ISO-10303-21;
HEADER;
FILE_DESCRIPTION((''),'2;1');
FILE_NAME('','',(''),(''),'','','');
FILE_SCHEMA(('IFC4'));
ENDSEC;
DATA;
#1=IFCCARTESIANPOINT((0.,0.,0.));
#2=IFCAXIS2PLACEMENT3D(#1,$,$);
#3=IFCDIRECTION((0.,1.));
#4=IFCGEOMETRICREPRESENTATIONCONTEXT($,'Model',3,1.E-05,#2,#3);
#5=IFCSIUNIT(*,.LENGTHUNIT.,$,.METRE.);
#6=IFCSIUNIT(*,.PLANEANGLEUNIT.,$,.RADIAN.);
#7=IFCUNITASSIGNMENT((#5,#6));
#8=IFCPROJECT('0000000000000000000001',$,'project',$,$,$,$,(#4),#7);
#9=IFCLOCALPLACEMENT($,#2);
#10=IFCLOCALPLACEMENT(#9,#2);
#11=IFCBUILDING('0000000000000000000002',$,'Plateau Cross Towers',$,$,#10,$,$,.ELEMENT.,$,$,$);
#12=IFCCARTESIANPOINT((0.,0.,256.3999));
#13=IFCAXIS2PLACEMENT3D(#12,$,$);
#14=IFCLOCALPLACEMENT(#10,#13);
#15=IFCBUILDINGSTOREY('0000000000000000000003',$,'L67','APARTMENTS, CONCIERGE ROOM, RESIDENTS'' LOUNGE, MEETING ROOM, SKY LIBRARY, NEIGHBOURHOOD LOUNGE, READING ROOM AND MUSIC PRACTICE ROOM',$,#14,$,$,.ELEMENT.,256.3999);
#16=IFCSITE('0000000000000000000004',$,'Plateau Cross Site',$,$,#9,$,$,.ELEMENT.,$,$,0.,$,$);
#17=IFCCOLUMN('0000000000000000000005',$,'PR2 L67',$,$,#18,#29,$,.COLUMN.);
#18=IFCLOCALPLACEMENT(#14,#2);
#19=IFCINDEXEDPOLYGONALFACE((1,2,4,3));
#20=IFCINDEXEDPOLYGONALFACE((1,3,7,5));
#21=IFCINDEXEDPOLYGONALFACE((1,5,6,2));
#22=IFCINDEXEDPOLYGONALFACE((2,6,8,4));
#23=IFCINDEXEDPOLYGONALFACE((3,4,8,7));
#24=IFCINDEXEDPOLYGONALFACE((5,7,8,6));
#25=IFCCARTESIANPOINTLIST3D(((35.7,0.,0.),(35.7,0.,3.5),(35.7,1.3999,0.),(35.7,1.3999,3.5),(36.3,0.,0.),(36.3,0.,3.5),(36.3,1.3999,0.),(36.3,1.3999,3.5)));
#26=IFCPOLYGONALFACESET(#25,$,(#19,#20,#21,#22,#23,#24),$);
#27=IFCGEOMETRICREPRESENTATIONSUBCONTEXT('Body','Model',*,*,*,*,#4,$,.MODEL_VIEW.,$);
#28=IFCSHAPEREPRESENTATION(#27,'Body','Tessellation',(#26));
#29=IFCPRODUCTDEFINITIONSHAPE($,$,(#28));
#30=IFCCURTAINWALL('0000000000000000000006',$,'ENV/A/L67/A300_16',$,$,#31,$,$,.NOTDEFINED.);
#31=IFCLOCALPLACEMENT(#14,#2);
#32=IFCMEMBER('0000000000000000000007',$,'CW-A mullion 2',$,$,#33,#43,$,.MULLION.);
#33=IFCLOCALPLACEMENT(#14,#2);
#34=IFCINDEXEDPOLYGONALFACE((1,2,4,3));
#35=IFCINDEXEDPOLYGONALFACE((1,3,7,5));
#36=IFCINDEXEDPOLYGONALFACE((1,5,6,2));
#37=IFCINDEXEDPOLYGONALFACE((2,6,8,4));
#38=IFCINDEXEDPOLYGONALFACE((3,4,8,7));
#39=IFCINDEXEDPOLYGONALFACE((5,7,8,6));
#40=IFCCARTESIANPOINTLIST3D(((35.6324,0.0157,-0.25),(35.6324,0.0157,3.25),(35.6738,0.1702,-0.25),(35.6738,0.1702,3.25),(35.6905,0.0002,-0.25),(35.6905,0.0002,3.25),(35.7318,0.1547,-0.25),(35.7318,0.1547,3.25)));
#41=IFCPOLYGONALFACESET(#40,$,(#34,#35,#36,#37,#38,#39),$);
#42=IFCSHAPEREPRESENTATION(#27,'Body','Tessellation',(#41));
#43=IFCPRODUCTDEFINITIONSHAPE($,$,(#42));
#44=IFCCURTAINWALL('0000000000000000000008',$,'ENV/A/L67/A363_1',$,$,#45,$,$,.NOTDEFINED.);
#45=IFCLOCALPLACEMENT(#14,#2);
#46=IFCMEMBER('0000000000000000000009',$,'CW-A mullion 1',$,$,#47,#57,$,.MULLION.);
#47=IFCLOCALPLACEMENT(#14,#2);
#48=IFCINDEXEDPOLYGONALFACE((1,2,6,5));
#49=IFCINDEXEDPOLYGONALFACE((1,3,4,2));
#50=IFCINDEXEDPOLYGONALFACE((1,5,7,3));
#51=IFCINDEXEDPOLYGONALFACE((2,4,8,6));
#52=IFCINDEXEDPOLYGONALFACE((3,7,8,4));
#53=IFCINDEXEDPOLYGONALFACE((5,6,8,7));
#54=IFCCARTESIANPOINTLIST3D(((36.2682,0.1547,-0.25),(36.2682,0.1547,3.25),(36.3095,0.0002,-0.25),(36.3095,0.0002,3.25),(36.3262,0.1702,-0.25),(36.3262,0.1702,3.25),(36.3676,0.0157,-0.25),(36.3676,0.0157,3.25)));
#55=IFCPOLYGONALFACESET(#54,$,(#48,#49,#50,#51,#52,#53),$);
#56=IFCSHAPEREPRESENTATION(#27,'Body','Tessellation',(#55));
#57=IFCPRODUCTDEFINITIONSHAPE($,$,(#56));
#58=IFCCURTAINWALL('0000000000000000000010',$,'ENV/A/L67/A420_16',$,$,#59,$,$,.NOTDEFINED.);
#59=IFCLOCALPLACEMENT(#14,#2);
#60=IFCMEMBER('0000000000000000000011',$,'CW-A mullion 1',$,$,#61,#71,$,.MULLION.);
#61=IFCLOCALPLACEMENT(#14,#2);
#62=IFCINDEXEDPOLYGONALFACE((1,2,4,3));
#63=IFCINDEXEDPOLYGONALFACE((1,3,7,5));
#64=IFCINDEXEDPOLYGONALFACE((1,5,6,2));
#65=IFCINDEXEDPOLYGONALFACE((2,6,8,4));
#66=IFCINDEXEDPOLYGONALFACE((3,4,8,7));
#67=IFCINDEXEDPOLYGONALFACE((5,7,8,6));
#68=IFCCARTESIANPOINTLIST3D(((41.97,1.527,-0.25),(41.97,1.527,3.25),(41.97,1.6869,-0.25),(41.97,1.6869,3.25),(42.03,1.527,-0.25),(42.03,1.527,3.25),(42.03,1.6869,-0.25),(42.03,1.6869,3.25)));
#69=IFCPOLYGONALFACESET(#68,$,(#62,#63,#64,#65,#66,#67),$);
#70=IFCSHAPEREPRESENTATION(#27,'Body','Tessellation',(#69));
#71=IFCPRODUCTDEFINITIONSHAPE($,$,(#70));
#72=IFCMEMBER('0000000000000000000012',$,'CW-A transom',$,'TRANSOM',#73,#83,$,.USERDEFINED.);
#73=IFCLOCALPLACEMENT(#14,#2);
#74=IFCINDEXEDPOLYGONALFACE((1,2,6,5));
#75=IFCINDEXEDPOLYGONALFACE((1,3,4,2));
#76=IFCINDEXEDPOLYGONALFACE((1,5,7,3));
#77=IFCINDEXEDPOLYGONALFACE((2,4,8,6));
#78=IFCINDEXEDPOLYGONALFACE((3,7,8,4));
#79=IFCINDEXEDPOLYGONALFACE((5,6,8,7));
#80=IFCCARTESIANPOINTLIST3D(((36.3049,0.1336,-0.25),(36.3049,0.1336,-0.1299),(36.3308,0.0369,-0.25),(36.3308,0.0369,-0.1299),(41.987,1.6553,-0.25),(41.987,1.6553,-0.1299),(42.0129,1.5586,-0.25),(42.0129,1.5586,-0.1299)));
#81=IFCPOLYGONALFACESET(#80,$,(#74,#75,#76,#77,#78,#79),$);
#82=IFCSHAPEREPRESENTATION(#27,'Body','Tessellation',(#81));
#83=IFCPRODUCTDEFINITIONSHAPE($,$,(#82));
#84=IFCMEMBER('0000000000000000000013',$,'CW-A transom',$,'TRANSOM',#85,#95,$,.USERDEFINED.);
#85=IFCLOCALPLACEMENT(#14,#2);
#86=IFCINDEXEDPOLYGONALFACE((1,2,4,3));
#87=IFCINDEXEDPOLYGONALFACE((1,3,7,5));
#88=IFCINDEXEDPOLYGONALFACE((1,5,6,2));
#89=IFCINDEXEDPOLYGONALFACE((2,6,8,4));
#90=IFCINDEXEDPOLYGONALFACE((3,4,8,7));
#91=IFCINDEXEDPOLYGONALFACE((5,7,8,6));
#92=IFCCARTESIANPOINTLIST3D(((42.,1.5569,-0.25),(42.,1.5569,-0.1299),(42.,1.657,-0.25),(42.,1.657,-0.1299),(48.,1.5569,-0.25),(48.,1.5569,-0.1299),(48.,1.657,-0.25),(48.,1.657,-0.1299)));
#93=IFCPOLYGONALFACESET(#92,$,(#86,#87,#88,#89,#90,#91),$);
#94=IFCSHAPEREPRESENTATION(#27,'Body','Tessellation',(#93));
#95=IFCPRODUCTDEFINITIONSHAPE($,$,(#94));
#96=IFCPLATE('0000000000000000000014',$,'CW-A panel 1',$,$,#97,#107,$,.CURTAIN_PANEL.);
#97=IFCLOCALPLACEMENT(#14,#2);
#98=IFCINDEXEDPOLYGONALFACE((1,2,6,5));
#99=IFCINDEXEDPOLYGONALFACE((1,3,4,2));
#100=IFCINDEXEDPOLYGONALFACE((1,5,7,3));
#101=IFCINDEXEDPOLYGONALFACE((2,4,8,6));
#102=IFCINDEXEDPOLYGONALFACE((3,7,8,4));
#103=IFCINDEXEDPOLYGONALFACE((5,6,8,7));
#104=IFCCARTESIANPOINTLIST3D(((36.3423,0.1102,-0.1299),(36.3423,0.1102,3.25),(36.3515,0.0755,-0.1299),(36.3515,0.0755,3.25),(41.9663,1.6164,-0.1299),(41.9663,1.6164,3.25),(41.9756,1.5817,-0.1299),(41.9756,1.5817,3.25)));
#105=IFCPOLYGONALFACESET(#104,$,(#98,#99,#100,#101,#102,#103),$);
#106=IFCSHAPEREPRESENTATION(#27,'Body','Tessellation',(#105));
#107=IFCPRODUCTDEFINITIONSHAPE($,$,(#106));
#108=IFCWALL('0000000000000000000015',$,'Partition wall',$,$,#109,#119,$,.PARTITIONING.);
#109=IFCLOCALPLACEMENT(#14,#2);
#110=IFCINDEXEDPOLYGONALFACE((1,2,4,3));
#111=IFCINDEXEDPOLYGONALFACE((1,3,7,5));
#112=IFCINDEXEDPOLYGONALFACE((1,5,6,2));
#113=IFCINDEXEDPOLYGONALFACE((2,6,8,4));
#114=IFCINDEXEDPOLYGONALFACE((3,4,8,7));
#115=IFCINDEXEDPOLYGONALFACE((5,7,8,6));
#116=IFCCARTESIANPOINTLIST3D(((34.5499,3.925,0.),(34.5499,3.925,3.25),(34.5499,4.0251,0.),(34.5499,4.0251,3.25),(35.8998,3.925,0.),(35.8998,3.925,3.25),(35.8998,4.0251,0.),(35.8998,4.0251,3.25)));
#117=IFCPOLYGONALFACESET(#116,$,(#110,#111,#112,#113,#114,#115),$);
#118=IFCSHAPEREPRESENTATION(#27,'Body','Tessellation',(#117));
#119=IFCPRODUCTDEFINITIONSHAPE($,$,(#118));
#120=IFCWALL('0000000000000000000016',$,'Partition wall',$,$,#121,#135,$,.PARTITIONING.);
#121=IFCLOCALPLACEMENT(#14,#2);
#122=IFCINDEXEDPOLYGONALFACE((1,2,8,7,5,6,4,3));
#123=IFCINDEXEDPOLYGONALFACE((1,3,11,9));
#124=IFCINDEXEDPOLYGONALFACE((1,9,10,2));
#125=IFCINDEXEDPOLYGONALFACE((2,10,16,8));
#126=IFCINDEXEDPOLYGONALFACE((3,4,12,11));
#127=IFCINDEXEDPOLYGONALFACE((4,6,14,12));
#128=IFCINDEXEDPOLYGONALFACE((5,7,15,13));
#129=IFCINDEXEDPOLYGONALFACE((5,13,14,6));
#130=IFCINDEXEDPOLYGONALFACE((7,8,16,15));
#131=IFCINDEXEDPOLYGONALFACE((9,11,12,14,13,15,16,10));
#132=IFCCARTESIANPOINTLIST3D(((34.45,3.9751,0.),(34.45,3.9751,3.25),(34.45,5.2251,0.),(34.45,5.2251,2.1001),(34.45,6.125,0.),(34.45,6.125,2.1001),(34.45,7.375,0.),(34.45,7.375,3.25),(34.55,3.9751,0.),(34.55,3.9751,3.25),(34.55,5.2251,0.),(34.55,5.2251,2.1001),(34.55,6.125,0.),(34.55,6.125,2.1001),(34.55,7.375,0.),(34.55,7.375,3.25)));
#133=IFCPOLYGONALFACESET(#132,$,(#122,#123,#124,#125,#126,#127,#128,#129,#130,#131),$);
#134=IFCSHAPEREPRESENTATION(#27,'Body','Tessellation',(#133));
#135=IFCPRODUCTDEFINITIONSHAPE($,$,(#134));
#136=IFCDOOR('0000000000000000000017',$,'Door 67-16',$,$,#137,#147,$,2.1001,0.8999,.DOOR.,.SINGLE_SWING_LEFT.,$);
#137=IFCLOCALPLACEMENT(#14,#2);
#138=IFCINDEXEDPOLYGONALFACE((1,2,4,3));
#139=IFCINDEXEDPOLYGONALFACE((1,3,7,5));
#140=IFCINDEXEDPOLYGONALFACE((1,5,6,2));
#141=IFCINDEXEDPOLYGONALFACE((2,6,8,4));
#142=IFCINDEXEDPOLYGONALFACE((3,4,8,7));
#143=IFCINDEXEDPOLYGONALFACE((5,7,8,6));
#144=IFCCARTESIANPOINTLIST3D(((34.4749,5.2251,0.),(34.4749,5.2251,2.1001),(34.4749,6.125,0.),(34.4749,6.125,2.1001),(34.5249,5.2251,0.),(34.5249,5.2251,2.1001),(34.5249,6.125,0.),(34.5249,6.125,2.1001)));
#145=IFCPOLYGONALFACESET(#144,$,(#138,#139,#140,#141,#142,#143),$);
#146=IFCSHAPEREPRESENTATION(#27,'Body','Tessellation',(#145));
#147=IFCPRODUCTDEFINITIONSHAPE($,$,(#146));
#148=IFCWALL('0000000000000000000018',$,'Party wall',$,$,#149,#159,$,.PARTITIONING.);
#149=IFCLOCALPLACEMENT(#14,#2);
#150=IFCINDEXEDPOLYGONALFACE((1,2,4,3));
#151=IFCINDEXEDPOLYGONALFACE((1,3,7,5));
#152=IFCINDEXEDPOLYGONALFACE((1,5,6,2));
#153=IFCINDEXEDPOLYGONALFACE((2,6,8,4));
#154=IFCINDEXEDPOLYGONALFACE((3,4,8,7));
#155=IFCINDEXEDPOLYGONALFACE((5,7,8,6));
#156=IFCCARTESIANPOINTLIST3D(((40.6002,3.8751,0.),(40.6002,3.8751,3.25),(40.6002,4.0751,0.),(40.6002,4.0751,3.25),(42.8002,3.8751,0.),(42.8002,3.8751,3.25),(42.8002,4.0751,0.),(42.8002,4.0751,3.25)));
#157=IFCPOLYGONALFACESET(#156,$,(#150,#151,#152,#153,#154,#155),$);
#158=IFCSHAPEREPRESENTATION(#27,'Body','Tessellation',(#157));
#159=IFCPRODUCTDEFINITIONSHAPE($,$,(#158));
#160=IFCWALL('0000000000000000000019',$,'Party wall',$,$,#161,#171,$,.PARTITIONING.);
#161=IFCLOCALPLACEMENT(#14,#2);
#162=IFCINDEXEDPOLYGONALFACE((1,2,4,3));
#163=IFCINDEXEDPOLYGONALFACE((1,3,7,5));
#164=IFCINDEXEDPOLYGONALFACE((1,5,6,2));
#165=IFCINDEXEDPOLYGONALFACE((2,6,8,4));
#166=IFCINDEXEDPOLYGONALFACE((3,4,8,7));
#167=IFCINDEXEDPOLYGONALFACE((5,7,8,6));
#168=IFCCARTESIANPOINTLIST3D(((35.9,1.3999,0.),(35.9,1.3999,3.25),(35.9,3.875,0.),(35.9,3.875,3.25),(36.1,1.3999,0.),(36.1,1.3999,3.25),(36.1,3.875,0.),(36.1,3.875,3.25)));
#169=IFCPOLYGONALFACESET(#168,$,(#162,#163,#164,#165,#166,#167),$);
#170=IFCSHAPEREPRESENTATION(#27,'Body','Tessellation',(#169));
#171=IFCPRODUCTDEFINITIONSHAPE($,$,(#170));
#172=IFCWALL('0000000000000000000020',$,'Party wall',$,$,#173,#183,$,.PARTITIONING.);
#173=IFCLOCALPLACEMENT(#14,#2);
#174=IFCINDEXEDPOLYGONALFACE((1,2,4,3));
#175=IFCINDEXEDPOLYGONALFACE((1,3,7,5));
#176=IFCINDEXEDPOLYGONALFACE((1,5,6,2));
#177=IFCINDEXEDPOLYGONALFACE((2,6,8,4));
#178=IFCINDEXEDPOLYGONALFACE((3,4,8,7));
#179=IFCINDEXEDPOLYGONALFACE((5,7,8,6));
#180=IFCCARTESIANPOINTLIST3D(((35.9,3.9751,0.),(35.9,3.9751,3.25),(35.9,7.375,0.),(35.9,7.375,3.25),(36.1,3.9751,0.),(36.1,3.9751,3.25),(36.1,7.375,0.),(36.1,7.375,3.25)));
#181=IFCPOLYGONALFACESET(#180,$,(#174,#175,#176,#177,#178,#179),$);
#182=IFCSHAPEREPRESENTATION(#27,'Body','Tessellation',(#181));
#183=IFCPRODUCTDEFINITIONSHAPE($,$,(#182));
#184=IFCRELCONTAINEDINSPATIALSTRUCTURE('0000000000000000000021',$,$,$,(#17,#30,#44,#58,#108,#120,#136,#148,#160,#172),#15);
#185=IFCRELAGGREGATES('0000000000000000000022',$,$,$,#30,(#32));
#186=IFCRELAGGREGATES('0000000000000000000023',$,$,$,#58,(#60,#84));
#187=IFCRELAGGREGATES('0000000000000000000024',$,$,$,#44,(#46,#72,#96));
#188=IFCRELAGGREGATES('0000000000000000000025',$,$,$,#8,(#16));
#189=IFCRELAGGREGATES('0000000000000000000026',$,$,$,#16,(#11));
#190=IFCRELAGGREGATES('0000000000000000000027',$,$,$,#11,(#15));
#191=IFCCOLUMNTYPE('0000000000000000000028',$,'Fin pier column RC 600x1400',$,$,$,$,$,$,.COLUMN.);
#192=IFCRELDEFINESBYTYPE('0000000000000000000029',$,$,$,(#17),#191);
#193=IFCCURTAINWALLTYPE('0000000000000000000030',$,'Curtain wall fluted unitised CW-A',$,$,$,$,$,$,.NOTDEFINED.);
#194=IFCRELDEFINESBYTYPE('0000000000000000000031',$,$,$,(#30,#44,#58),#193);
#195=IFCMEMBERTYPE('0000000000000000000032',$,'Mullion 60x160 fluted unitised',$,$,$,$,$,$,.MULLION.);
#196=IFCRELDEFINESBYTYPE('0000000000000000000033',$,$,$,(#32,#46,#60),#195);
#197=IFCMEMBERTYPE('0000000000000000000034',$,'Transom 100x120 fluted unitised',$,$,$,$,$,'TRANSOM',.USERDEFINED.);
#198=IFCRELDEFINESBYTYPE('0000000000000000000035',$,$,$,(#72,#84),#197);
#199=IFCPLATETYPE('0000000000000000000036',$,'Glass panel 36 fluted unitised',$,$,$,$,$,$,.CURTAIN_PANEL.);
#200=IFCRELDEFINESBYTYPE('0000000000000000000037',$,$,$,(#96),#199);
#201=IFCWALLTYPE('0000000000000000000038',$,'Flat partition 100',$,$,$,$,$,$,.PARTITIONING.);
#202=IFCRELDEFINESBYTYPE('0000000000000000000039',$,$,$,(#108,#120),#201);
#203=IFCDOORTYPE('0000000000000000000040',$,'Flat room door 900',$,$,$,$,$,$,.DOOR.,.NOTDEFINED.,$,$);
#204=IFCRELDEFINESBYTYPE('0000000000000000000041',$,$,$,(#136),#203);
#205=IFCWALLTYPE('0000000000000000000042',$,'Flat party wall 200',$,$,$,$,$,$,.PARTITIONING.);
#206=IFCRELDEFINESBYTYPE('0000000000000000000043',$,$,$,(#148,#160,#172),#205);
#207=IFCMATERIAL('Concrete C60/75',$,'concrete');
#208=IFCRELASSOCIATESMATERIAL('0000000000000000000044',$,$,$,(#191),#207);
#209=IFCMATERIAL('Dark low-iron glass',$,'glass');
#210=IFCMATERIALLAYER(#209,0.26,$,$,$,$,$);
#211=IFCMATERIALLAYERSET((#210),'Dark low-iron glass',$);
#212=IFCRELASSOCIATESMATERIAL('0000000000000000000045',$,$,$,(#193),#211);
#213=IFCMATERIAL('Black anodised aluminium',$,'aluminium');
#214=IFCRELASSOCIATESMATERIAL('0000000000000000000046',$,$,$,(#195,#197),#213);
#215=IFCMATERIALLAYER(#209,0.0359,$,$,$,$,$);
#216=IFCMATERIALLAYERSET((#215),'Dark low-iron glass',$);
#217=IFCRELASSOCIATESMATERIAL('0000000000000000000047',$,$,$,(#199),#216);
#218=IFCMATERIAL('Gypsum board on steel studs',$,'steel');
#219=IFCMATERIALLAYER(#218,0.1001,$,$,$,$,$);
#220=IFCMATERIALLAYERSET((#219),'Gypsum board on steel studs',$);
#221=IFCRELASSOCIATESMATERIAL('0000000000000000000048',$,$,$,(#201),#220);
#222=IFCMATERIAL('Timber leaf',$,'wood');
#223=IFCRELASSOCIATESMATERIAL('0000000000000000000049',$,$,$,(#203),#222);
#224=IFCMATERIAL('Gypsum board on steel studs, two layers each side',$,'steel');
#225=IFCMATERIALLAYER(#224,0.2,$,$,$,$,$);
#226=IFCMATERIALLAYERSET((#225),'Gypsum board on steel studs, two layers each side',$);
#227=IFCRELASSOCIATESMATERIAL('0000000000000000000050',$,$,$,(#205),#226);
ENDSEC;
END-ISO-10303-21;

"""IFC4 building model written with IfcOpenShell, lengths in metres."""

from ifc_helpers import new_model, si_unit, direction, frame, frame_2d, origin, origin_2d, place, context, subcontext, project, spatial, rectangle, extrude, material, layer, layer_set, material_profile, profile_set, type_object, element, fill, aggregate, save


model = new_model("IFC4")

# Units and contexts
model_context = context("Model", 3, precision=1e-05, world=origin(), true_north=direction((0.0, 1.0)))
body_context = subcontext(model_context, "Body", "Model", "MODEL_VIEW")
ifc_project = project(units=[si_unit("LENGTHUNIT", "METRE"), si_unit("PLANEANGLEUNIT", "RADIAN")], contexts=[model_context])

# Site, building, storey
site_placement = place(None, origin())
site = spatial("IfcSite", under=ifc_project, at=site_placement, Name="Plateau Cross Site", CompositionType="ELEMENT", RefElevation=0.0)
building_placement = place(site_placement, origin())
building = spatial("IfcBuilding", under=site, at=building_placement, Name="Plateau Cross Towers", CompositionType="ELEMENT")
storey_placement = place(building_placement, frame((0.0, 0.0, 256.3999)))
storey = spatial("IfcBuildingStorey", under=building, at=storey_placement, Name="L67", Description="APARTMENTS, CONCIERGE ROOM, RESIDENTS' LOUNGE, MEETING ROOM, SKY LIBRARY, NEIGHBOURHOOD LOUNGE, READING ROOM AND MUSIC PRACTICE ROOM", CompositionType="ELEMENT", Elevation=256.3999)

# Column
ifc_material_1 = material(Name="Concrete C60/75", Category="concrete")
ifc_material_profile_1 = material_profile(ifc_material_1, rectangle(XDim=0.6001, YDim=1.3999, at=origin_2d()), Name="RC 600x1400")
ifc_profile_set_1 = profile_set([ifc_material_profile_1], Name="Concrete C60/75")
column_type = type_object("IfcColumnType", Name="Fin pier column RC 600x1400", PredefinedType="COLUMN", material=ifc_profile_set_1)
column_placement = place(storey_placement, frame((36.0, 0.7, 0.0), z_axis=(0.0, 0.0, 1.0), x_axis=(1.0, 0.0, 0.0)))
element("IfcColumn", 1, at=column_placement, inside=storey, type_object=column_type, Name="PR2 L67", PredefinedType="COLUMN", context=body_context, shape_type="SweptSolid", body=[
    extrude(rectangle(XDim=0.6001, YDim=1.3999, at=origin_2d()), origin(), (0.0, 0.0, 1.0), 3.5),
])

# Curtain walls, members
ifc_material_2 = material(Name="Dark low-iron glass", Category="glass")
ifc_layer_1 = layer(ifc_material_2, 0.26)
ifc_layer_set_1 = layer_set([ifc_layer_1], Name="Dark low-iron glass")
curtain_wall_type = type_object("IfcCurtainWallType", Name="Curtain wall fluted unitised CW-A", PredefinedType="NOTDEFINED", material=ifc_layer_set_1)
curtain_wall_1_placement = place(storey_placement, origin())
curtain_wall_1 = element("IfcCurtainWall", 2, at=curtain_wall_1_placement, inside=storey, type_object=curtain_wall_type, Name="ENV/A/L67/A300_16", PredefinedType="NOTDEFINED")
ifc_material_3 = material(Name="Black anodised aluminium", Category="aluminium")
ifc_material_profile_2 = material_profile(ifc_material_3, rectangle(XDim=0.0601, YDim=0.1599, at=origin_2d()), Name="MULLION 60x160")
ifc_profile_set_2 = profile_set([ifc_material_profile_2], Name="Black anodised aluminium")
member_type_1 = type_object("IfcMemberType", Name="Mullion 60x160 fluted unitised", PredefinedType="MULLION", material=ifc_profile_set_2)
member_1_placement = place(storey_placement, frame((35.6821, 0.0852, -0.25), z_axis=(0.0, 0.0, 1.0), x_axis=(0.965958, -0.258699, 0.0)))
member_1 = element("IfcMember", 3, at=member_1_placement, type_object=member_type_1, Name="CW-A mullion 2", PredefinedType="MULLION", context=body_context, shape_type="SweptSolid", body=[
    extrude(rectangle(XDim=0.0601, YDim=0.1599, at=origin_2d()), origin(), (0.0, 0.0, 1.0), 3.5),
])
aggregate(curtain_wall_1, [member_1])
curtain_wall_2_placement = place(storey_placement, origin())
curtain_wall_2 = element("IfcCurtainWall", 4, at=curtain_wall_2_placement, inside=storey, type_object=curtain_wall_type, Name="ENV/A/L67/A363_1", PredefinedType="NOTDEFINED")
member_2_placement = place(storey_placement, frame((36.3179, 0.0852, -0.25), z_axis=(0.0, 0.0, 1.0), x_axis=(0.965958, 0.258699, 0.0)))
member_2 = element("IfcMember", 5, at=member_2_placement, type_object=member_type_1, Name="CW-A mullion 1", PredefinedType="MULLION", context=body_context, shape_type="SweptSolid", body=[
    extrude(rectangle(XDim=0.0601, YDim=0.1599, at=origin_2d()), origin(), (0.0, 0.0, 1.0), 3.5),
])
curtain_wall_3_placement = place(storey_placement, origin())
curtain_wall_3 = element("IfcCurtainWall", 6, at=curtain_wall_3_placement, inside=storey, type_object=curtain_wall_type, Name="ENV/A/L67/A420_16", PredefinedType="NOTDEFINED")
member_3_placement = place(storey_placement, frame((42.0, 1.6069, -0.25), z_axis=(0.0, 0.0, 1.0), x_axis=(1.0, 0.0, 0.0)))
member_3 = element("IfcMember", 7, at=member_3_placement, type_object=member_type_1, Name="CW-A mullion 1", PredefinedType="MULLION", context=body_context, shape_type="SweptSolid", body=[
    extrude(rectangle(XDim=0.0601, YDim=0.1599, at=origin_2d()), origin(), (0.0, 0.0, 1.0), 3.5),
])

# Members
ifc_material_profile_3 = material_profile(ifc_material_3, rectangle(XDim=0.1001, YDim=0.1201, at=origin_2d()), Name="TRANSOM 100x120")
ifc_profile_set_3 = profile_set([ifc_material_profile_3], Name="Black anodised aluminium")
member_type_2 = type_object("IfcMemberType", Name="Transom 100x120 fluted unitised", ElementType="TRANSOM", PredefinedType="USERDEFINED", material=ifc_profile_set_3)
member_4_placement = place(storey_placement, frame((36.3179, 0.0852, -0.1899), z_axis=(0.96596, 0.258693, 0.0), x_axis=(-0.258693, 0.96596, 0.0)))
member_4 = element("IfcMember", 8, at=member_4_placement, type_object=member_type_2, Name="CW-A transom", ObjectType="TRANSOM", PredefinedType="USERDEFINED", context=body_context, shape_type="SweptSolid", body=[
    extrude(rectangle(XDim=0.1001, YDim=0.1201, at=origin_2d()), origin(), (0.0, 0.0, 1.0), 5.8823),
])
member_5_placement = place(storey_placement, frame((42.0, 1.6069, -0.1899), z_axis=(1.0, 0.0, 0.0), x_axis=(0.0, 1.0, 0.0)))
member_5 = element("IfcMember", 9, at=member_5_placement, type_object=member_type_2, Name="CW-A transom", ObjectType="TRANSOM", PredefinedType="USERDEFINED", context=body_context, shape_type="SweptSolid", body=[
    extrude(rectangle(XDim=0.1001, YDim=0.1201, at=origin_2d()), origin(), (0.0, 0.0, 1.0), 6.0),
])
aggregate(curtain_wall_3, [member_3, member_5])

# Plate
ifc_layer_2 = layer(ifc_material_2, 0.0359)
ifc_layer_set_2 = layer_set([ifc_layer_2], Name="Dark low-iron glass")
plate_type = type_object("IfcPlateType", Name="Glass panel 36 fluted unitised", PredefinedType="CURTAIN_PANEL", material=ifc_layer_set_2)
plate_placement = place(storey_placement, frame((39.1589, 0.8459, -0.1299), z_axis=(0.0, 0.0, 1.0), x_axis=(0.965958, 0.258699, 0.0)))
plate = element("IfcPlate", 10, at=plate_placement, type_object=plate_type, Name="CW-A panel 1", PredefinedType="CURTAIN_PANEL", context=body_context, shape_type="SweptSolid", body=[
    extrude(rectangle(XDim=5.8223, YDim=0.0359, at=origin_2d()), origin(), (0.0, 0.0, 1.0), 3.3799),
])
aggregate(curtain_wall_2, [member_2, member_4, plate])

# Wall
ifc_material_4 = material(Name="Gypsum board on steel studs", Category="steel")
ifc_layer_3 = layer(ifc_material_4, 0.1001)
ifc_layer_set_3 = layer_set([ifc_layer_3], Name="Gypsum board on steel studs")
wall_type_1 = type_object("IfcWallType", Name="Flat partition 100", PredefinedType="PARTITIONING", material=ifc_layer_set_3)
wall_1_placement = place(storey_placement, frame((34.55, 3.9751, 0.0), z_axis=(0.0, 0.0, 1.0), x_axis=(1.0, 0.0, 0.0)))
element("IfcWall", 11, at=wall_1_placement, inside=storey, type_object=wall_type_1, Name="Partition wall", PredefinedType="PARTITIONING", context=body_context, shape_type="SweptSolid", body=[
    extrude(rectangle(XDim=1.3499, YDim=0.1001, at=frame_2d((0.6748, 0.0))), origin(), (0.0, 0.0, 1.0), 3.25),
])

# Wall, opening, door
wall_2_placement = place(storey_placement, frame((34.5, 7.375, 0.0), z_axis=(0.0, 0.0, 1.0), x_axis=(0.0, -1.0, 0.0)))
wall_2 = element("IfcWall", 12, at=wall_2_placement, inside=storey, type_object=wall_type_1, Name="Partition wall", PredefinedType="PARTITIONING", context=body_context, shape_type="SweptSolid", body=[
    extrude(rectangle(XDim=3.3999, YDim=0.1001, at=frame_2d((1.7, 0.0))), origin(), (0.0, 0.0, 1.0), 3.25),
])
opening_placement = place(wall_2_placement, frame((1.25, 0.0, 0.0)))
opening = element("IfcOpeningElement", 13, at=opening_placement, cuts=wall_2, PredefinedType="OPENING", context=body_context, shape_type="SweptSolid", body=[
    extrude(rectangle(XDim=0.8999, YDim=2.1001, at=frame_2d((0.45, 1.05))), frame((0.0, 0.0601, 0.0), z_axis=(0.0, -1.0, 0.0), x_axis=(1.0, 0.0, 0.0)), (0.0, 0.0, 1.0), 0.1201),
])
ifc_material_5 = material(Name="Timber leaf", Category="wood")
door_type = type_object("IfcDoorType", Name="Flat room door 900", OperationType="NOTDEFINED", PredefinedType="DOOR", material=ifc_material_5)
door_placement = place(opening_placement, origin())
door = element("IfcDoor", 14, at=door_placement, inside=storey, type_object=door_type, Name="Door 67-16", OperationType="SINGLE_SWING_LEFT", OverallHeight=2.1001, OverallWidth=0.8999, PredefinedType="DOOR", context=body_context, shape_type="SweptSolid", body=[
    extrude(rectangle(XDim=0.8999, YDim=2.1001, at=frame_2d((0.45, 1.05))), frame((0.0, 0.0249, 0.0), z_axis=(0.0, -1.0, 0.0), x_axis=(1.0, 0.0, 0.0)), (0.0, 0.0, 1.0), 0.05),
])
fill(opening, door)

# Walls
ifc_material_6 = material(Name="Gypsum board on steel studs, two layers each side", Category="steel")
ifc_layer_4 = layer(ifc_material_6, 0.2)
ifc_layer_set_4 = layer_set([ifc_layer_4], Name="Gypsum board on steel studs, two layers each side")
wall_type_2 = type_object("IfcWallType", Name="Flat party wall 200", PredefinedType="PARTITIONING", material=ifc_layer_set_4)
wall_3_placement = place(storey_placement, frame((40.6001, 3.9751, 0.0), z_axis=(0.0, 0.0, 1.0), x_axis=(1.0, 0.0, 0.0)))
element("IfcWall", 15, at=wall_3_placement, inside=storey, type_object=wall_type_2, Name="Party wall", PredefinedType="PARTITIONING", context=body_context, shape_type="SweptSolid", body=[
    extrude(rectangle(XDim=2.2, YDim=0.2, at=frame_2d((1.1001, 0.0))), origin(), (0.0, 0.0, 1.0), 3.25),
])
wall_4_placement = place(storey_placement, frame((36.0, 3.875, 0.0), z_axis=(0.0, 0.0, 1.0), x_axis=(0.0, -1.0, 0.0)))
element("IfcWall", 16, at=wall_4_placement, inside=storey, type_object=wall_type_2, Name="Party wall", PredefinedType="PARTITIONING", context=body_context, shape_type="SweptSolid", body=[
    extrude(rectangle(XDim=2.4751, YDim=0.2, at=frame_2d((1.2375, 0.0))), origin(), (0.0, 0.0, 1.0), 3.25),
])
wall_5_placement = place(storey_placement, frame((36.0, 3.9751, 0.0), z_axis=(0.0, 0.0, 1.0), x_axis=(0.0, 1.0, 0.0)))
element("IfcWall", 17, at=wall_5_placement, inside=storey, type_object=wall_type_2, Name="Party wall", PredefinedType="PARTITIONING", context=body_context, shape_type="SweptSolid", body=[
    extrude(rectangle(XDim=3.3999, YDim=0.2, at=frame_2d((1.7, 0.0))), origin(), (0.0, 0.0, 1.0), 3.25),
])

save(model, "model.ifc")
